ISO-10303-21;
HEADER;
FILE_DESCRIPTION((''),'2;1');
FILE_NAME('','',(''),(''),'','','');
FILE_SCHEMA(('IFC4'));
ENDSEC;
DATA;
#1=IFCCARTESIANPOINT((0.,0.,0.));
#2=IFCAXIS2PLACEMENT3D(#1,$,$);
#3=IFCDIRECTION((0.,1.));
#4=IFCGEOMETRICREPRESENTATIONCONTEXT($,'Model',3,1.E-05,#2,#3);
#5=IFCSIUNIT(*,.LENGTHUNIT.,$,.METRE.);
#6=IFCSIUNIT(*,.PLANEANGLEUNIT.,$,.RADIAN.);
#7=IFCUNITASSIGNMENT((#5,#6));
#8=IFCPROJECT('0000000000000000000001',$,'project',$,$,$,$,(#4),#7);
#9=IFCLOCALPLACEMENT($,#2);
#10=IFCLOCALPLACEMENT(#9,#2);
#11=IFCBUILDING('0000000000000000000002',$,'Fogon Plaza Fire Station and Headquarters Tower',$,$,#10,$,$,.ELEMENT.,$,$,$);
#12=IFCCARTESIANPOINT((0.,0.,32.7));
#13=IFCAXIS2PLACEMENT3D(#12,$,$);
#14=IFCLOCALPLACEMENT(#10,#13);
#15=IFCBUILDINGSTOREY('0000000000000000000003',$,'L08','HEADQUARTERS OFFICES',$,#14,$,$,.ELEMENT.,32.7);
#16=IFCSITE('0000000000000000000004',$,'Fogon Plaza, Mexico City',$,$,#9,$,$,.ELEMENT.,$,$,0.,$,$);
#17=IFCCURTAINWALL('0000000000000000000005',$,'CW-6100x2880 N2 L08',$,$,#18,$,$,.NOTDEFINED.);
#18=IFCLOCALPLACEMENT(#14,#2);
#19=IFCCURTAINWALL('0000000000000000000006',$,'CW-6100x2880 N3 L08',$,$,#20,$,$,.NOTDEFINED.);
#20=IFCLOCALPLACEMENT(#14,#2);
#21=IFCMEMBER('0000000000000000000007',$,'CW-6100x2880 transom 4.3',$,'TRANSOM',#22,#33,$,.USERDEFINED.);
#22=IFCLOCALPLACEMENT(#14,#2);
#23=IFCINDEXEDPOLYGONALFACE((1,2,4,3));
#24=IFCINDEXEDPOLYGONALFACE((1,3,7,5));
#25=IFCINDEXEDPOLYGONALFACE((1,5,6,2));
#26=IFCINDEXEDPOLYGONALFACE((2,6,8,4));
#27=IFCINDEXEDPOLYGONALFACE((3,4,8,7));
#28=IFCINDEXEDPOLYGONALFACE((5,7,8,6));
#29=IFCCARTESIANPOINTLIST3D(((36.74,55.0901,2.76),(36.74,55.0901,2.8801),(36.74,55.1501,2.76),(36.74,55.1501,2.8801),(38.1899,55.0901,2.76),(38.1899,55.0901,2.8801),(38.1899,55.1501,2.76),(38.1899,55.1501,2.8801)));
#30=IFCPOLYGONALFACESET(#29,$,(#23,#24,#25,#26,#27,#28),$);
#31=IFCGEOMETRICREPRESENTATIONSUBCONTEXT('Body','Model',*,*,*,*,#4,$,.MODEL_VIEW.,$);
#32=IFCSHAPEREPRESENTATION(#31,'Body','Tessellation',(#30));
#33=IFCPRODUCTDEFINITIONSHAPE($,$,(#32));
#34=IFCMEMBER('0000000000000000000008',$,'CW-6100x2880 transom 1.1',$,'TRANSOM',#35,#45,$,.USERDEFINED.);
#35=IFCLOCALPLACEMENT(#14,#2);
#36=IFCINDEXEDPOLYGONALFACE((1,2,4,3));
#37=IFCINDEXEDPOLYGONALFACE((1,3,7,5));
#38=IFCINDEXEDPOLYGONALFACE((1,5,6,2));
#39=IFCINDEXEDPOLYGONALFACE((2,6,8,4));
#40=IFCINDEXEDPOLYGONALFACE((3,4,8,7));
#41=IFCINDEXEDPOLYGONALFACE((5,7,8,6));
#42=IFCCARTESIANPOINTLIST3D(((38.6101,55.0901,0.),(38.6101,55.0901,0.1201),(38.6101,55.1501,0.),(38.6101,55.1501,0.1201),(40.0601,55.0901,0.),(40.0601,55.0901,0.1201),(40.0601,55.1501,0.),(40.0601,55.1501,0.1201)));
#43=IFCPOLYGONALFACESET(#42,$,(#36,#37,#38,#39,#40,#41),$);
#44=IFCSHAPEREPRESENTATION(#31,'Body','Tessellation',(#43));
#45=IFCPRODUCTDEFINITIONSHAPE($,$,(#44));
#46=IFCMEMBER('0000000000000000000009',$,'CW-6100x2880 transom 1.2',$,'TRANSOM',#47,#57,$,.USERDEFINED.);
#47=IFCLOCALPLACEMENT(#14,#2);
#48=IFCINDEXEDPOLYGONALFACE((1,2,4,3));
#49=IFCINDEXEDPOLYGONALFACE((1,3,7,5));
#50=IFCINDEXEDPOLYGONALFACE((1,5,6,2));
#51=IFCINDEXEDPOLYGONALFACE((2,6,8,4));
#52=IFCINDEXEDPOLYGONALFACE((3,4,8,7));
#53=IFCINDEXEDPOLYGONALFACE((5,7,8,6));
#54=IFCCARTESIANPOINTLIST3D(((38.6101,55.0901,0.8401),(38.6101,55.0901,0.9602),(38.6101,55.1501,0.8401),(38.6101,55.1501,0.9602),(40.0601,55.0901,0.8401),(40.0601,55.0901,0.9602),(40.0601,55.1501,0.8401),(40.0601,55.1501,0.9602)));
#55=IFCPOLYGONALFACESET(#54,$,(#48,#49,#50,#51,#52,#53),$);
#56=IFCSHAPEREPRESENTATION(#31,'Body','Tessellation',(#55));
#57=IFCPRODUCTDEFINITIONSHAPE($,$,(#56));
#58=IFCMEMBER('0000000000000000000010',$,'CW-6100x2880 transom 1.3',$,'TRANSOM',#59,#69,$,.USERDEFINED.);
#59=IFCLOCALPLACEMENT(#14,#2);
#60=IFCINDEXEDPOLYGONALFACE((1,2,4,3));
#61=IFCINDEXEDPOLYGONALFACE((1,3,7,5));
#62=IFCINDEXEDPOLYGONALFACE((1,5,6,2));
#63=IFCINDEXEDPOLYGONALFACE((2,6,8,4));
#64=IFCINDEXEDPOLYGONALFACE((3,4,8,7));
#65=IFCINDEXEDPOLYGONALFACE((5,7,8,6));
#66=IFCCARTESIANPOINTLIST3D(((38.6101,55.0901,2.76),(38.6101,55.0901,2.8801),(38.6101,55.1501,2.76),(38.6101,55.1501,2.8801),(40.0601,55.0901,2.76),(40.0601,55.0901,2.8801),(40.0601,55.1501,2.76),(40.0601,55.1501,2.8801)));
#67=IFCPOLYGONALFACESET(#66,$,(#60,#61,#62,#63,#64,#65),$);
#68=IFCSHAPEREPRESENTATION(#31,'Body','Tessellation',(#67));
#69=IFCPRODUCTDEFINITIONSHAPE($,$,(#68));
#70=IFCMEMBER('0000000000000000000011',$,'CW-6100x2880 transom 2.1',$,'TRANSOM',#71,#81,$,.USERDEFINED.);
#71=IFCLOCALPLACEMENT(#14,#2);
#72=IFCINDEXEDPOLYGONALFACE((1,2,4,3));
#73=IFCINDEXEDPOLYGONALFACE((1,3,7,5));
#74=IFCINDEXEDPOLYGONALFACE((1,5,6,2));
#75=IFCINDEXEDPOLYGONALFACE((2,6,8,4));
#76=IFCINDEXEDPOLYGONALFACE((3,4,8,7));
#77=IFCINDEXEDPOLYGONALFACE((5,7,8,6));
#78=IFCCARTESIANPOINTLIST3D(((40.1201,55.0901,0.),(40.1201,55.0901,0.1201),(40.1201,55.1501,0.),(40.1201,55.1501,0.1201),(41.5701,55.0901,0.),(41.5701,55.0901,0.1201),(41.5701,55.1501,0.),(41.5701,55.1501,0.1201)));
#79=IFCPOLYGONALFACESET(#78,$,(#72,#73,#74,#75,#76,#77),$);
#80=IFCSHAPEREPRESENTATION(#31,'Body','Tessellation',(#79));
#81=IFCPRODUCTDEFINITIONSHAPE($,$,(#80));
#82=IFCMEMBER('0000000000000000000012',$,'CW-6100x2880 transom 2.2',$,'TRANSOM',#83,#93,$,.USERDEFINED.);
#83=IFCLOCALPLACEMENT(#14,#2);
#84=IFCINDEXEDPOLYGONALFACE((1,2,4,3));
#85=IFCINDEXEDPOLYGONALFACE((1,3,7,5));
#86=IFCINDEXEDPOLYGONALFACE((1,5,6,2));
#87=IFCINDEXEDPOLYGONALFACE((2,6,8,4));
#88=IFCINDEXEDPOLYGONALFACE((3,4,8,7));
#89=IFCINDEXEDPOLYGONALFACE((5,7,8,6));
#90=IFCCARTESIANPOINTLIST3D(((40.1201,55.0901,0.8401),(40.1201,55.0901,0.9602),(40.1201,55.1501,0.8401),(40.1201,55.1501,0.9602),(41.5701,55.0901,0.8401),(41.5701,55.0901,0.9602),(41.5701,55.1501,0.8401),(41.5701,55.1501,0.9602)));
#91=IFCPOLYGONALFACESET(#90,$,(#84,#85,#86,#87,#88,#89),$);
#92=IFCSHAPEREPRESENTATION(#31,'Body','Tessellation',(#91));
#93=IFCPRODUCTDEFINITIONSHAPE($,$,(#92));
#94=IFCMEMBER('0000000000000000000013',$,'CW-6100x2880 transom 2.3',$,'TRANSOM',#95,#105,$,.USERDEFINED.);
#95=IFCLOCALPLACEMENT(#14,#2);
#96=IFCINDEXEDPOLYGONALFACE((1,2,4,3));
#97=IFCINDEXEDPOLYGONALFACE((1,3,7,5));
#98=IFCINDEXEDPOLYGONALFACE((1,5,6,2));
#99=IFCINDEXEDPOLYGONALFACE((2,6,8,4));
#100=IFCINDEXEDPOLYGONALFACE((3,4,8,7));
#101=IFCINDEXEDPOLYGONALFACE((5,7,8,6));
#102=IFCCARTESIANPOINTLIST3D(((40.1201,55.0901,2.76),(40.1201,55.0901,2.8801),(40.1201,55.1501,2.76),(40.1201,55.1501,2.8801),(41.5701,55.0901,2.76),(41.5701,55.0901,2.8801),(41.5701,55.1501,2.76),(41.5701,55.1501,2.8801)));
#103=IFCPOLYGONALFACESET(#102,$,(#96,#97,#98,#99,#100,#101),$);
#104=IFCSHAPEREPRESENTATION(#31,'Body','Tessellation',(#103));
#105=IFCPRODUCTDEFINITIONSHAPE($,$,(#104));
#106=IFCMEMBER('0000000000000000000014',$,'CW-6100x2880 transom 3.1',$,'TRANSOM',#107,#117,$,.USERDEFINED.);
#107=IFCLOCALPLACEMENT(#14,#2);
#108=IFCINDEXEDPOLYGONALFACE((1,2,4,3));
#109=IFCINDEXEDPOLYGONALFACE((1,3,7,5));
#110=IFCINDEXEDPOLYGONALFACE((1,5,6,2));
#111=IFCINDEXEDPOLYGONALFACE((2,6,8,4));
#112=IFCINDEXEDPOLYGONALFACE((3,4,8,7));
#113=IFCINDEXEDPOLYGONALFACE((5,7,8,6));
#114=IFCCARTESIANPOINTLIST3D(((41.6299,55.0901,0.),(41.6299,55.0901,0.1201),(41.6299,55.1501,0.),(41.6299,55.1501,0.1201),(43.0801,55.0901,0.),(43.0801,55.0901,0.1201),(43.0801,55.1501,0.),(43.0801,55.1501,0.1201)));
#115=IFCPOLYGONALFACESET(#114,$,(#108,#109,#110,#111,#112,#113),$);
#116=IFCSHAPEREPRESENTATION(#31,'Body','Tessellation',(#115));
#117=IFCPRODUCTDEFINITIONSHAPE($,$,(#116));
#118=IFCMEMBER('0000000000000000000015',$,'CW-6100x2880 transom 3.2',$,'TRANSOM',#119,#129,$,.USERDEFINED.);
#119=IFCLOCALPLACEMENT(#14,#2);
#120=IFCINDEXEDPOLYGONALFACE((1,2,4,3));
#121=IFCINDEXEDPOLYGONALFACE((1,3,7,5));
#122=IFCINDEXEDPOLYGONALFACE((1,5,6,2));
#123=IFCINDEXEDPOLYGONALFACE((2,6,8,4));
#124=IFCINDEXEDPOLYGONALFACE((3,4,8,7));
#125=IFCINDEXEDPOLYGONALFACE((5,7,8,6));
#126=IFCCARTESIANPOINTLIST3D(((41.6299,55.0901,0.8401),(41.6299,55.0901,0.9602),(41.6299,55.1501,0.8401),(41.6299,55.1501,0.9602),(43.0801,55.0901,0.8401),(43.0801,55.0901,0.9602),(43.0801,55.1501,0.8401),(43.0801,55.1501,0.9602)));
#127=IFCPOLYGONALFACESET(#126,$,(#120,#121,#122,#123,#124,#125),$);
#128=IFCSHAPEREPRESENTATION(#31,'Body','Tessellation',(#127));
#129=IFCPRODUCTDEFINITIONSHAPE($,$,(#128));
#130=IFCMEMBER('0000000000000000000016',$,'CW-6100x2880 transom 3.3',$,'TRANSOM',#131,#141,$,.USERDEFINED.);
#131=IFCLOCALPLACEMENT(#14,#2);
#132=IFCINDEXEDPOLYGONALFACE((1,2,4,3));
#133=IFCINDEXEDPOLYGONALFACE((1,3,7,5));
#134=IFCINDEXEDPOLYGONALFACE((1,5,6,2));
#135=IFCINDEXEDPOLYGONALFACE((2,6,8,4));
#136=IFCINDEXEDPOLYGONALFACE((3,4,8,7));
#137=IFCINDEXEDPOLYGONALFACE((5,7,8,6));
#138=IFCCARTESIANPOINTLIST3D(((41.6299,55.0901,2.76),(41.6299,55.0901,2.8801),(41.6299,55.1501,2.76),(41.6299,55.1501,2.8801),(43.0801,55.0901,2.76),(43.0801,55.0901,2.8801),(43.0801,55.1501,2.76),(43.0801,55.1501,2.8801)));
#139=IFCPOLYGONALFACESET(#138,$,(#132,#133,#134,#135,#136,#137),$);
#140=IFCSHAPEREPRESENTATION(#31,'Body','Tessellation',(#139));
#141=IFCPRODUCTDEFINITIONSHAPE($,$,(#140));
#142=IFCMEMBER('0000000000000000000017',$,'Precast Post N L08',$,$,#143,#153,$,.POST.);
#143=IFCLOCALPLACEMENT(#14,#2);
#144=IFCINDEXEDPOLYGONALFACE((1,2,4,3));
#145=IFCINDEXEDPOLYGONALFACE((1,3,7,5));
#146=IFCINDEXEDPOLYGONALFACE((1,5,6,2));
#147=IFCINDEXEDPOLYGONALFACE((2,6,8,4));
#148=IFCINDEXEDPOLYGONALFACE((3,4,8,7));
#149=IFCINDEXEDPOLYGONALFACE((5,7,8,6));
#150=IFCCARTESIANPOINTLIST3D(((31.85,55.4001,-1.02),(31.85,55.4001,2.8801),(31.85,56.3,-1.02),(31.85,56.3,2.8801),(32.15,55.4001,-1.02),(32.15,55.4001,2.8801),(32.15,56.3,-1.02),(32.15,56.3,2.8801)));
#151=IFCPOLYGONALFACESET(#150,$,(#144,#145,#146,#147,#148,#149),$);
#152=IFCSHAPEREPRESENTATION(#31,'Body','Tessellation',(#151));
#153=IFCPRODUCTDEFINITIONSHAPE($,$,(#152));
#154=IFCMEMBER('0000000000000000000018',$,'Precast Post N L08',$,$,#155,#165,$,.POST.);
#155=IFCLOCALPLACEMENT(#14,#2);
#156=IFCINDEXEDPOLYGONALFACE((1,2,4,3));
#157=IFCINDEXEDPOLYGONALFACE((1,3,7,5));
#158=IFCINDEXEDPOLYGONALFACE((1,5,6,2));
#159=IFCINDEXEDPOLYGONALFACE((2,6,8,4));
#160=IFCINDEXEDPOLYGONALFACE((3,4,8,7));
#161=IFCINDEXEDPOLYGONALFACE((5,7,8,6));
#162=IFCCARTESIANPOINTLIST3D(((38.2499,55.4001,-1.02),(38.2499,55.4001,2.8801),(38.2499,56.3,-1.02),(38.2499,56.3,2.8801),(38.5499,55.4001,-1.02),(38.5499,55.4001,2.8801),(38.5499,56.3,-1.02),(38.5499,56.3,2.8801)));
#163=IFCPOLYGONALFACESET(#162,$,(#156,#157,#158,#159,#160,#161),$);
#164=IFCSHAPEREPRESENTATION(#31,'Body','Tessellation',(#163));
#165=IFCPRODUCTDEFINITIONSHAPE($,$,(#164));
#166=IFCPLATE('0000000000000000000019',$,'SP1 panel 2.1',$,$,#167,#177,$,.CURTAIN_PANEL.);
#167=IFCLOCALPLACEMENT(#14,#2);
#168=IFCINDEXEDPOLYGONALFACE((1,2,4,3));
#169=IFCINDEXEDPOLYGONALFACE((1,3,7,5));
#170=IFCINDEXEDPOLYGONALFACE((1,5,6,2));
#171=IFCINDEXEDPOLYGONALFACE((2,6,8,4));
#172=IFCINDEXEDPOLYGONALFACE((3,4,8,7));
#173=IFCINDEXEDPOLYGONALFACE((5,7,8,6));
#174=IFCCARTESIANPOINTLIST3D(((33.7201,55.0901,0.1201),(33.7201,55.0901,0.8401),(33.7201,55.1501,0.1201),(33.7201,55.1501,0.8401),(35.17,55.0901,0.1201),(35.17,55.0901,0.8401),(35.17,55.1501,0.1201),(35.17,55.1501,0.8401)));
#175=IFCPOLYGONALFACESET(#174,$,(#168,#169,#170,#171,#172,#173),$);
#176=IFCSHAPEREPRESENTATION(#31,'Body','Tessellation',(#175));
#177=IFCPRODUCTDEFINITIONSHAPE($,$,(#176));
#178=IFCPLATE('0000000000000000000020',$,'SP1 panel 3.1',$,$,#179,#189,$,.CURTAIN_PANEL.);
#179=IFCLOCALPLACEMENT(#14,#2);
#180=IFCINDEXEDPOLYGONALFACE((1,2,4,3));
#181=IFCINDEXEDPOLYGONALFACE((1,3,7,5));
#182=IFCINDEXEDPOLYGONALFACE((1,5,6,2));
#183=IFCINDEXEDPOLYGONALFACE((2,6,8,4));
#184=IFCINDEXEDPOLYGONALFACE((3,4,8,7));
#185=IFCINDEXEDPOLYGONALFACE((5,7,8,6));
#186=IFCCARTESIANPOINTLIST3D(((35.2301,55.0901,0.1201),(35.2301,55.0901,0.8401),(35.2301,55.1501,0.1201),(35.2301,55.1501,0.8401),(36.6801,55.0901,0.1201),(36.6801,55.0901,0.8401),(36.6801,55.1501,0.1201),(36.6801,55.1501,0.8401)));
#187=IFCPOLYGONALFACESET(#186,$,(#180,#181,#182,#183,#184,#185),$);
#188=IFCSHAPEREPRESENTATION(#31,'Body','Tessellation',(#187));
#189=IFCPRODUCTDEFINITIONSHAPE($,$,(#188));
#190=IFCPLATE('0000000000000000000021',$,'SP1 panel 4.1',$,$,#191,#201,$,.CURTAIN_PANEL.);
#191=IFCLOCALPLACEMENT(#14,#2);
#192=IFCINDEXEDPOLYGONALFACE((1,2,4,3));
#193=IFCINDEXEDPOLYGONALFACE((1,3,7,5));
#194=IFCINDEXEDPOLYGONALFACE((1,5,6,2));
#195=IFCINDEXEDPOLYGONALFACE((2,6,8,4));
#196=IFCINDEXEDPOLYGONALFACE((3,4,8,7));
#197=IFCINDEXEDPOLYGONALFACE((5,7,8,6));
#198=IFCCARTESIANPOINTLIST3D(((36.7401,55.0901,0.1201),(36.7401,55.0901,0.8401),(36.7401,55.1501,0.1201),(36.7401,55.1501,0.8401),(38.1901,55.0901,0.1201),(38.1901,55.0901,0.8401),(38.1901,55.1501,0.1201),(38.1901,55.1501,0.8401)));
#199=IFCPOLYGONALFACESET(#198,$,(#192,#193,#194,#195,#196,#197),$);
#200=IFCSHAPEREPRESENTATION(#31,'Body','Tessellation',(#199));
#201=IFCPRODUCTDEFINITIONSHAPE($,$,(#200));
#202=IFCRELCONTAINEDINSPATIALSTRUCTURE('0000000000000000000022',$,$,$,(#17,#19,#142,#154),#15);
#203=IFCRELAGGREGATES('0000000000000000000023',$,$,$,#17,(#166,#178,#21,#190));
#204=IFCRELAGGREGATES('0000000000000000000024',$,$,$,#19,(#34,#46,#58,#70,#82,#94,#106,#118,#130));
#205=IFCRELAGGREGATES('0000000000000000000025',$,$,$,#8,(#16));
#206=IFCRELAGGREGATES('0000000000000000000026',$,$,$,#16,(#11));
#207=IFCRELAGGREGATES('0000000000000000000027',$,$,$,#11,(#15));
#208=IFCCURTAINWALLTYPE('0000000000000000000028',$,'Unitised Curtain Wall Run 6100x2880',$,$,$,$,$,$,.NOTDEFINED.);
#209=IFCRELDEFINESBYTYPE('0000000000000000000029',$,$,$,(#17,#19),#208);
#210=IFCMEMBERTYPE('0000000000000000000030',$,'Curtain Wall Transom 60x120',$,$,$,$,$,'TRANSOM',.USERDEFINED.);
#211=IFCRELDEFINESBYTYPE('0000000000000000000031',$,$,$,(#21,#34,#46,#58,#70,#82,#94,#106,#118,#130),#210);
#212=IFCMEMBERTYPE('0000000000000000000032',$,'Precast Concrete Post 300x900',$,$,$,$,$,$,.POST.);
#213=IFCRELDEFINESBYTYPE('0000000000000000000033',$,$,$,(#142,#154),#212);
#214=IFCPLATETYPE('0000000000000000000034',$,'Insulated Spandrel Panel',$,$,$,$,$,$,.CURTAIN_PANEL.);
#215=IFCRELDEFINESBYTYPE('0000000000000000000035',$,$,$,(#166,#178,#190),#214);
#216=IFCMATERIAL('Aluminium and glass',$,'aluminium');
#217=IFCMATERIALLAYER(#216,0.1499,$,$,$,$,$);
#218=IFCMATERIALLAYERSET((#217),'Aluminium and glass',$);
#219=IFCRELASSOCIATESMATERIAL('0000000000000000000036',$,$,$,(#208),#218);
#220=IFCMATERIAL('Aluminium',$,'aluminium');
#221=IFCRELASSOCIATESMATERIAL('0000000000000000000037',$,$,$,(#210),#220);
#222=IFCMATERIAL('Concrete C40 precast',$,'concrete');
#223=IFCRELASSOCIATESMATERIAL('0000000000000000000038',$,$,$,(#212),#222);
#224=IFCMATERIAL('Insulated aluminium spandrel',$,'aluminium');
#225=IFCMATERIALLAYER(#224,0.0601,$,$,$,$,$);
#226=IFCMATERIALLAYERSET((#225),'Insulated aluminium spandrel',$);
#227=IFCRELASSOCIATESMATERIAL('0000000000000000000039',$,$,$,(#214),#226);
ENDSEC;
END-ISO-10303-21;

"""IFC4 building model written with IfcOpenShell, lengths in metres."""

from ifc_helpers import new_model, si_unit, direction, frame, origin, origin_2d, place, context, subcontext, project, spatial, rectangle, extrude, material, layer, layer_set, material_profile, profile_set, type_object, element, aggregate, save


model = new_model("IFC4")

# Units and contexts
model_context = context("Model", 3, precision=1e-05, world=origin(), true_north=direction((0.0, 1.0)))
body_context = subcontext(model_context, "Body", "Model", "MODEL_VIEW")
ifc_project = project(units=[si_unit("LENGTHUNIT", "METRE"), si_unit("PLANEANGLEUNIT", "RADIAN")], contexts=[model_context])

# Site, building, storey
site_placement = place(None, origin())
site = spatial("IfcSite", under=ifc_project, at=site_placement, Name="Fogon Plaza, Mexico City", CompositionType="ELEMENT", RefElevation=0.0)
building_placement = place(site_placement, origin())
building = spatial("IfcBuilding", under=site, at=building_placement, Name="Fogon Plaza Fire Station and Headquarters Tower", CompositionType="ELEMENT")
storey_placement = place(building_placement, frame((0.0, 0.0, 32.7)))
storey = spatial("IfcBuildingStorey", under=building, at=storey_placement, Name="L08", Description="HEADQUARTERS OFFICES", CompositionType="ELEMENT", Elevation=32.7)

# Curtain walls
ifc_material_1 = material(Name="Aluminium and glass", Category="aluminium")
ifc_layer_1 = layer(ifc_material_1, 0.1499)
ifc_layer_set_1 = layer_set([ifc_layer_1], Name="Aluminium and glass")
curtain_wall_type = type_object("IfcCurtainWallType", Name="Unitised Curtain Wall Run 6100x2880", PredefinedType="NOTDEFINED", material=ifc_layer_set_1)
curtain_wall_1_placement = place(storey_placement, origin())
curtain_wall_1 = element("IfcCurtainWall", 1, at=curtain_wall_1_placement, inside=storey, type_object=curtain_wall_type, Name="CW-6100x2880 N2 L08", PredefinedType="NOTDEFINED")
curtain_wall_2_placement = place(storey_placement, origin())
curtain_wall_2 = element("IfcCurtainWall", 2, at=curtain_wall_2_placement, inside=storey, type_object=curtain_wall_type, Name="CW-6100x2880 N3 L08", PredefinedType="NOTDEFINED")

# Members
ifc_material_2 = material(Name="Aluminium", Category="aluminium")
ifc_material_profile_1 = material_profile(ifc_material_2, rectangle(XDim=0.0601, YDim=0.1201, at=origin_2d()), Name="Curtain Wall Transom 60x120")
ifc_profile_set_1 = profile_set([ifc_material_profile_1], Name="Aluminium")
member_type_1 = type_object("IfcMemberType", Name="Curtain Wall Transom 60x120", ElementType="TRANSOM", PredefinedType="USERDEFINED", material=ifc_profile_set_1)
member_1_placement = place(storey_placement, frame((36.74, 55.1201, 2.8201), z_axis=(1.0, 0.0, 0.0), x_axis=(0.0, 1.0, 0.0)))
member_1 = element("IfcMember", 3, at=member_1_placement, type_object=member_type_1, Name="CW-6100x2880 transom 4.3", ObjectType="TRANSOM", PredefinedType="USERDEFINED", context=body_context, shape_type="SweptSolid", body=[
    extrude(rectangle(XDim=0.0601, YDim=0.1201, at=origin_2d()), origin(), (0.0, 0.0, 1.0), 1.45),
])
member_2_placement = place(storey_placement, frame((38.6101, 55.1201, 0.0601), z_axis=(1.0, 0.0, 0.0), x_axis=(0.0, 1.0, 0.0)))
member_2 = element("IfcMember", 4, at=member_2_placement, type_object=member_type_1, Name="CW-6100x2880 transom 1.1", ObjectType="TRANSOM", PredefinedType="USERDEFINED", context=body_context, shape_type="SweptSolid", body=[
    extrude(rectangle(XDim=0.0601, YDim=0.1201, at=origin_2d()), origin(), (0.0, 0.0, 1.0), 1.45),
])
member_3_placement = place(storey_placement, frame((38.6101, 55.1201, 0.9001), z_axis=(1.0, 0.0, 0.0), x_axis=(0.0, 1.0, 0.0)))
member_3 = element("IfcMember", 5, at=member_3_placement, type_object=member_type_1, Name="CW-6100x2880 transom 1.2", ObjectType="TRANSOM", PredefinedType="USERDEFINED", context=body_context, shape_type="SweptSolid", body=[
    extrude(rectangle(XDim=0.0601, YDim=0.1201, at=origin_2d()), origin(), (0.0, 0.0, 1.0), 1.45),
])
member_4_placement = place(storey_placement, frame((38.6101, 55.1201, 2.8201), z_axis=(1.0, 0.0, 0.0), x_axis=(0.0, 1.0, 0.0)))
member_4 = element("IfcMember", 6, at=member_4_placement, type_object=member_type_1, Name="CW-6100x2880 transom 1.3", ObjectType="TRANSOM", PredefinedType="USERDEFINED", context=body_context, shape_type="SweptSolid", body=[
    extrude(rectangle(XDim=0.0601, YDim=0.1201, at=origin_2d()), origin(), (0.0, 0.0, 1.0), 1.45),
])
member_5_placement = place(storey_placement, frame((40.1201, 55.1201, 0.0601), z_axis=(1.0, 0.0, 0.0), x_axis=(0.0, 1.0, 0.0)))
member_5 = element("IfcMember", 7, at=member_5_placement, type_object=member_type_1, Name="CW-6100x2880 transom 2.1", ObjectType="TRANSOM", PredefinedType="USERDEFINED", context=body_context, shape_type="SweptSolid", body=[
    extrude(rectangle(XDim=0.0601, YDim=0.1201, at=origin_2d()), origin(), (0.0, 0.0, 1.0), 1.45),
])
member_6_placement = place(storey_placement, frame((40.1201, 55.1201, 0.9001), z_axis=(1.0, 0.0, 0.0), x_axis=(0.0, 1.0, 0.0)))
member_6 = element("IfcMember", 8, at=member_6_placement, type_object=member_type_1, Name="CW-6100x2880 transom 2.2", ObjectType="TRANSOM", PredefinedType="USERDEFINED", context=body_context, shape_type="SweptSolid", body=[
    extrude(rectangle(XDim=0.0601, YDim=0.1201, at=origin_2d()), origin(), (0.0, 0.0, 1.0), 1.45),
])
member_7_placement = place(storey_placement, frame((40.1201, 55.1201, 2.8201), z_axis=(1.0, 0.0, 0.0), x_axis=(0.0, 1.0, 0.0)))
member_7 = element("IfcMember", 9, at=member_7_placement, type_object=member_type_1, Name="CW-6100x2880 transom 2.3", ObjectType="TRANSOM", PredefinedType="USERDEFINED", context=body_context, shape_type="SweptSolid", body=[
    extrude(rectangle(XDim=0.0601, YDim=0.1201, at=origin_2d()), origin(), (0.0, 0.0, 1.0), 1.45),
])
member_8_placement = place(storey_placement, frame((41.6299, 55.1201, 0.0601), z_axis=(1.0, 0.0, 0.0), x_axis=(0.0, 1.0, 0.0)))
member_8 = element("IfcMember", 10, at=member_8_placement, type_object=member_type_1, Name="CW-6100x2880 transom 3.1", ObjectType="TRANSOM", PredefinedType="USERDEFINED", context=body_context, shape_type="SweptSolid", body=[
    extrude(rectangle(XDim=0.0601, YDim=0.1201, at=origin_2d()), origin(), (0.0, 0.0, 1.0), 1.4502),
])
member_9_placement = place(storey_placement, frame((41.6299, 55.1201, 0.9001), z_axis=(1.0, 0.0, 0.0), x_axis=(0.0, 1.0, 0.0)))
member_9 = element("IfcMember", 11, at=member_9_placement, type_object=member_type_1, Name="CW-6100x2880 transom 3.2", ObjectType="TRANSOM", PredefinedType="USERDEFINED", context=body_context, shape_type="SweptSolid", body=[
    extrude(rectangle(XDim=0.0601, YDim=0.1201, at=origin_2d()), origin(), (0.0, 0.0, 1.0), 1.4502),
])
member_10_placement = place(storey_placement, frame((41.6299, 55.1201, 2.8201), z_axis=(1.0, 0.0, 0.0), x_axis=(0.0, 1.0, 0.0)))
member_10 = element("IfcMember", 12, at=member_10_placement, type_object=member_type_1, Name="CW-6100x2880 transom 3.3", ObjectType="TRANSOM", PredefinedType="USERDEFINED", context=body_context, shape_type="SweptSolid", body=[
    extrude(rectangle(XDim=0.0601, YDim=0.1201, at=origin_2d()), origin(), (0.0, 0.0, 1.0), 1.4502),
])

# Members
ifc_material_3 = material(Name="Concrete C40 precast", Category="concrete")
ifc_material_profile_2 = material_profile(ifc_material_3, rectangle(XDim=0.3, YDim=0.8999, at=origin_2d()), Name="Precast Concrete Post 300x900")
ifc_profile_set_2 = profile_set([ifc_material_profile_2], Name="Concrete C40 precast")
member_type_2 = type_object("IfcMemberType", Name="Precast Concrete Post 300x900", PredefinedType="POST", material=ifc_profile_set_2)
for number, where, z_axis, x_axis, name in (
    (13, (32.0, 55.8501, -1.02), (0.0, 0.0, 1.0), (1.0, 0.0, 0.0), "Precast Post N L08"),
    (14, (38.3999, 55.8501, -1.02), (0.0, 0.0, 1.0), (1.0, 0.0, 0.0), "Precast Post N L08"),
):
    element("IfcMember", number, at=place(storey_placement, frame(where, z_axis=z_axis, x_axis=x_axis)), inside=storey, type_object=member_type_2, Name=name, PredefinedType="POST", context=body_context, shape_type="SweptSolid", body=[
        extrude(rectangle(XDim=0.3, YDim=0.8999, at=origin_2d()), origin(), (0.0, 0.0, 1.0), 3.9001),
    ])

# Plates
ifc_material_4 = material(Name="Insulated aluminium spandrel", Category="aluminium")
ifc_layer_2 = layer(ifc_material_4, 0.0601)
ifc_layer_set_2 = layer_set([ifc_layer_2], Name="Insulated aluminium spandrel")
plate_type_1 = type_object("IfcPlateType", Name="Insulated Spandrel Panel", PredefinedType="CURTAIN_PANEL", material=ifc_layer_set_2)
plate_1_placement = place(storey_placement, frame((34.4451, 55.1201, 0.1201), z_axis=(0.0, 0.0, 1.0), x_axis=(1.0, 0.0, 0.0)))
plate_1 = element("IfcPlate", 15, at=plate_1_placement, type_object=plate_type_1, Name="SP1 panel 2.1", PredefinedType="CURTAIN_PANEL", context=body_context, shape_type="SweptSolid", body=[
    extrude(rectangle(XDim=1.45, YDim=0.0601, at=origin_2d()), origin(), (0.0, 0.0, 1.0), 0.72),
])
plate_2_placement = place(storey_placement, frame((35.9551, 55.1201, 0.1201), z_axis=(0.0, 0.0, 1.0), x_axis=(1.0, 0.0, 0.0)))
plate_2 = element("IfcPlate", 16, at=plate_2_placement, type_object=plate_type_1, Name="SP1 panel 3.1", PredefinedType="CURTAIN_PANEL", context=body_context, shape_type="SweptSolid", body=[
    extrude(rectangle(XDim=1.45, YDim=0.0601, at=origin_2d()), origin(), (0.0, 0.0, 1.0), 0.72),
])
plate_3_placement = place(storey_placement, frame((37.4651, 55.1201, 0.1201), z_axis=(0.0, 0.0, 1.0), x_axis=(1.0, 0.0, 0.0)))
plate_3 = element("IfcPlate", 17, at=plate_3_placement, type_object=plate_type_1, Name="SP1 panel 4.1", PredefinedType="CURTAIN_PANEL", context=body_context, shape_type="SweptSolid", body=[
    extrude(rectangle(XDim=1.45, YDim=0.0601, at=origin_2d()), origin(), (0.0, 0.0, 1.0), 0.72),
])
aggregate(curtain_wall_1, [plate_1, plate_2, member_1, plate_3])
aggregate(curtain_wall_2, [member_2, member_3, member_4, member_5, member_6, member_7, member_8, member_9, member_10])

save(model, "model.ifc")
